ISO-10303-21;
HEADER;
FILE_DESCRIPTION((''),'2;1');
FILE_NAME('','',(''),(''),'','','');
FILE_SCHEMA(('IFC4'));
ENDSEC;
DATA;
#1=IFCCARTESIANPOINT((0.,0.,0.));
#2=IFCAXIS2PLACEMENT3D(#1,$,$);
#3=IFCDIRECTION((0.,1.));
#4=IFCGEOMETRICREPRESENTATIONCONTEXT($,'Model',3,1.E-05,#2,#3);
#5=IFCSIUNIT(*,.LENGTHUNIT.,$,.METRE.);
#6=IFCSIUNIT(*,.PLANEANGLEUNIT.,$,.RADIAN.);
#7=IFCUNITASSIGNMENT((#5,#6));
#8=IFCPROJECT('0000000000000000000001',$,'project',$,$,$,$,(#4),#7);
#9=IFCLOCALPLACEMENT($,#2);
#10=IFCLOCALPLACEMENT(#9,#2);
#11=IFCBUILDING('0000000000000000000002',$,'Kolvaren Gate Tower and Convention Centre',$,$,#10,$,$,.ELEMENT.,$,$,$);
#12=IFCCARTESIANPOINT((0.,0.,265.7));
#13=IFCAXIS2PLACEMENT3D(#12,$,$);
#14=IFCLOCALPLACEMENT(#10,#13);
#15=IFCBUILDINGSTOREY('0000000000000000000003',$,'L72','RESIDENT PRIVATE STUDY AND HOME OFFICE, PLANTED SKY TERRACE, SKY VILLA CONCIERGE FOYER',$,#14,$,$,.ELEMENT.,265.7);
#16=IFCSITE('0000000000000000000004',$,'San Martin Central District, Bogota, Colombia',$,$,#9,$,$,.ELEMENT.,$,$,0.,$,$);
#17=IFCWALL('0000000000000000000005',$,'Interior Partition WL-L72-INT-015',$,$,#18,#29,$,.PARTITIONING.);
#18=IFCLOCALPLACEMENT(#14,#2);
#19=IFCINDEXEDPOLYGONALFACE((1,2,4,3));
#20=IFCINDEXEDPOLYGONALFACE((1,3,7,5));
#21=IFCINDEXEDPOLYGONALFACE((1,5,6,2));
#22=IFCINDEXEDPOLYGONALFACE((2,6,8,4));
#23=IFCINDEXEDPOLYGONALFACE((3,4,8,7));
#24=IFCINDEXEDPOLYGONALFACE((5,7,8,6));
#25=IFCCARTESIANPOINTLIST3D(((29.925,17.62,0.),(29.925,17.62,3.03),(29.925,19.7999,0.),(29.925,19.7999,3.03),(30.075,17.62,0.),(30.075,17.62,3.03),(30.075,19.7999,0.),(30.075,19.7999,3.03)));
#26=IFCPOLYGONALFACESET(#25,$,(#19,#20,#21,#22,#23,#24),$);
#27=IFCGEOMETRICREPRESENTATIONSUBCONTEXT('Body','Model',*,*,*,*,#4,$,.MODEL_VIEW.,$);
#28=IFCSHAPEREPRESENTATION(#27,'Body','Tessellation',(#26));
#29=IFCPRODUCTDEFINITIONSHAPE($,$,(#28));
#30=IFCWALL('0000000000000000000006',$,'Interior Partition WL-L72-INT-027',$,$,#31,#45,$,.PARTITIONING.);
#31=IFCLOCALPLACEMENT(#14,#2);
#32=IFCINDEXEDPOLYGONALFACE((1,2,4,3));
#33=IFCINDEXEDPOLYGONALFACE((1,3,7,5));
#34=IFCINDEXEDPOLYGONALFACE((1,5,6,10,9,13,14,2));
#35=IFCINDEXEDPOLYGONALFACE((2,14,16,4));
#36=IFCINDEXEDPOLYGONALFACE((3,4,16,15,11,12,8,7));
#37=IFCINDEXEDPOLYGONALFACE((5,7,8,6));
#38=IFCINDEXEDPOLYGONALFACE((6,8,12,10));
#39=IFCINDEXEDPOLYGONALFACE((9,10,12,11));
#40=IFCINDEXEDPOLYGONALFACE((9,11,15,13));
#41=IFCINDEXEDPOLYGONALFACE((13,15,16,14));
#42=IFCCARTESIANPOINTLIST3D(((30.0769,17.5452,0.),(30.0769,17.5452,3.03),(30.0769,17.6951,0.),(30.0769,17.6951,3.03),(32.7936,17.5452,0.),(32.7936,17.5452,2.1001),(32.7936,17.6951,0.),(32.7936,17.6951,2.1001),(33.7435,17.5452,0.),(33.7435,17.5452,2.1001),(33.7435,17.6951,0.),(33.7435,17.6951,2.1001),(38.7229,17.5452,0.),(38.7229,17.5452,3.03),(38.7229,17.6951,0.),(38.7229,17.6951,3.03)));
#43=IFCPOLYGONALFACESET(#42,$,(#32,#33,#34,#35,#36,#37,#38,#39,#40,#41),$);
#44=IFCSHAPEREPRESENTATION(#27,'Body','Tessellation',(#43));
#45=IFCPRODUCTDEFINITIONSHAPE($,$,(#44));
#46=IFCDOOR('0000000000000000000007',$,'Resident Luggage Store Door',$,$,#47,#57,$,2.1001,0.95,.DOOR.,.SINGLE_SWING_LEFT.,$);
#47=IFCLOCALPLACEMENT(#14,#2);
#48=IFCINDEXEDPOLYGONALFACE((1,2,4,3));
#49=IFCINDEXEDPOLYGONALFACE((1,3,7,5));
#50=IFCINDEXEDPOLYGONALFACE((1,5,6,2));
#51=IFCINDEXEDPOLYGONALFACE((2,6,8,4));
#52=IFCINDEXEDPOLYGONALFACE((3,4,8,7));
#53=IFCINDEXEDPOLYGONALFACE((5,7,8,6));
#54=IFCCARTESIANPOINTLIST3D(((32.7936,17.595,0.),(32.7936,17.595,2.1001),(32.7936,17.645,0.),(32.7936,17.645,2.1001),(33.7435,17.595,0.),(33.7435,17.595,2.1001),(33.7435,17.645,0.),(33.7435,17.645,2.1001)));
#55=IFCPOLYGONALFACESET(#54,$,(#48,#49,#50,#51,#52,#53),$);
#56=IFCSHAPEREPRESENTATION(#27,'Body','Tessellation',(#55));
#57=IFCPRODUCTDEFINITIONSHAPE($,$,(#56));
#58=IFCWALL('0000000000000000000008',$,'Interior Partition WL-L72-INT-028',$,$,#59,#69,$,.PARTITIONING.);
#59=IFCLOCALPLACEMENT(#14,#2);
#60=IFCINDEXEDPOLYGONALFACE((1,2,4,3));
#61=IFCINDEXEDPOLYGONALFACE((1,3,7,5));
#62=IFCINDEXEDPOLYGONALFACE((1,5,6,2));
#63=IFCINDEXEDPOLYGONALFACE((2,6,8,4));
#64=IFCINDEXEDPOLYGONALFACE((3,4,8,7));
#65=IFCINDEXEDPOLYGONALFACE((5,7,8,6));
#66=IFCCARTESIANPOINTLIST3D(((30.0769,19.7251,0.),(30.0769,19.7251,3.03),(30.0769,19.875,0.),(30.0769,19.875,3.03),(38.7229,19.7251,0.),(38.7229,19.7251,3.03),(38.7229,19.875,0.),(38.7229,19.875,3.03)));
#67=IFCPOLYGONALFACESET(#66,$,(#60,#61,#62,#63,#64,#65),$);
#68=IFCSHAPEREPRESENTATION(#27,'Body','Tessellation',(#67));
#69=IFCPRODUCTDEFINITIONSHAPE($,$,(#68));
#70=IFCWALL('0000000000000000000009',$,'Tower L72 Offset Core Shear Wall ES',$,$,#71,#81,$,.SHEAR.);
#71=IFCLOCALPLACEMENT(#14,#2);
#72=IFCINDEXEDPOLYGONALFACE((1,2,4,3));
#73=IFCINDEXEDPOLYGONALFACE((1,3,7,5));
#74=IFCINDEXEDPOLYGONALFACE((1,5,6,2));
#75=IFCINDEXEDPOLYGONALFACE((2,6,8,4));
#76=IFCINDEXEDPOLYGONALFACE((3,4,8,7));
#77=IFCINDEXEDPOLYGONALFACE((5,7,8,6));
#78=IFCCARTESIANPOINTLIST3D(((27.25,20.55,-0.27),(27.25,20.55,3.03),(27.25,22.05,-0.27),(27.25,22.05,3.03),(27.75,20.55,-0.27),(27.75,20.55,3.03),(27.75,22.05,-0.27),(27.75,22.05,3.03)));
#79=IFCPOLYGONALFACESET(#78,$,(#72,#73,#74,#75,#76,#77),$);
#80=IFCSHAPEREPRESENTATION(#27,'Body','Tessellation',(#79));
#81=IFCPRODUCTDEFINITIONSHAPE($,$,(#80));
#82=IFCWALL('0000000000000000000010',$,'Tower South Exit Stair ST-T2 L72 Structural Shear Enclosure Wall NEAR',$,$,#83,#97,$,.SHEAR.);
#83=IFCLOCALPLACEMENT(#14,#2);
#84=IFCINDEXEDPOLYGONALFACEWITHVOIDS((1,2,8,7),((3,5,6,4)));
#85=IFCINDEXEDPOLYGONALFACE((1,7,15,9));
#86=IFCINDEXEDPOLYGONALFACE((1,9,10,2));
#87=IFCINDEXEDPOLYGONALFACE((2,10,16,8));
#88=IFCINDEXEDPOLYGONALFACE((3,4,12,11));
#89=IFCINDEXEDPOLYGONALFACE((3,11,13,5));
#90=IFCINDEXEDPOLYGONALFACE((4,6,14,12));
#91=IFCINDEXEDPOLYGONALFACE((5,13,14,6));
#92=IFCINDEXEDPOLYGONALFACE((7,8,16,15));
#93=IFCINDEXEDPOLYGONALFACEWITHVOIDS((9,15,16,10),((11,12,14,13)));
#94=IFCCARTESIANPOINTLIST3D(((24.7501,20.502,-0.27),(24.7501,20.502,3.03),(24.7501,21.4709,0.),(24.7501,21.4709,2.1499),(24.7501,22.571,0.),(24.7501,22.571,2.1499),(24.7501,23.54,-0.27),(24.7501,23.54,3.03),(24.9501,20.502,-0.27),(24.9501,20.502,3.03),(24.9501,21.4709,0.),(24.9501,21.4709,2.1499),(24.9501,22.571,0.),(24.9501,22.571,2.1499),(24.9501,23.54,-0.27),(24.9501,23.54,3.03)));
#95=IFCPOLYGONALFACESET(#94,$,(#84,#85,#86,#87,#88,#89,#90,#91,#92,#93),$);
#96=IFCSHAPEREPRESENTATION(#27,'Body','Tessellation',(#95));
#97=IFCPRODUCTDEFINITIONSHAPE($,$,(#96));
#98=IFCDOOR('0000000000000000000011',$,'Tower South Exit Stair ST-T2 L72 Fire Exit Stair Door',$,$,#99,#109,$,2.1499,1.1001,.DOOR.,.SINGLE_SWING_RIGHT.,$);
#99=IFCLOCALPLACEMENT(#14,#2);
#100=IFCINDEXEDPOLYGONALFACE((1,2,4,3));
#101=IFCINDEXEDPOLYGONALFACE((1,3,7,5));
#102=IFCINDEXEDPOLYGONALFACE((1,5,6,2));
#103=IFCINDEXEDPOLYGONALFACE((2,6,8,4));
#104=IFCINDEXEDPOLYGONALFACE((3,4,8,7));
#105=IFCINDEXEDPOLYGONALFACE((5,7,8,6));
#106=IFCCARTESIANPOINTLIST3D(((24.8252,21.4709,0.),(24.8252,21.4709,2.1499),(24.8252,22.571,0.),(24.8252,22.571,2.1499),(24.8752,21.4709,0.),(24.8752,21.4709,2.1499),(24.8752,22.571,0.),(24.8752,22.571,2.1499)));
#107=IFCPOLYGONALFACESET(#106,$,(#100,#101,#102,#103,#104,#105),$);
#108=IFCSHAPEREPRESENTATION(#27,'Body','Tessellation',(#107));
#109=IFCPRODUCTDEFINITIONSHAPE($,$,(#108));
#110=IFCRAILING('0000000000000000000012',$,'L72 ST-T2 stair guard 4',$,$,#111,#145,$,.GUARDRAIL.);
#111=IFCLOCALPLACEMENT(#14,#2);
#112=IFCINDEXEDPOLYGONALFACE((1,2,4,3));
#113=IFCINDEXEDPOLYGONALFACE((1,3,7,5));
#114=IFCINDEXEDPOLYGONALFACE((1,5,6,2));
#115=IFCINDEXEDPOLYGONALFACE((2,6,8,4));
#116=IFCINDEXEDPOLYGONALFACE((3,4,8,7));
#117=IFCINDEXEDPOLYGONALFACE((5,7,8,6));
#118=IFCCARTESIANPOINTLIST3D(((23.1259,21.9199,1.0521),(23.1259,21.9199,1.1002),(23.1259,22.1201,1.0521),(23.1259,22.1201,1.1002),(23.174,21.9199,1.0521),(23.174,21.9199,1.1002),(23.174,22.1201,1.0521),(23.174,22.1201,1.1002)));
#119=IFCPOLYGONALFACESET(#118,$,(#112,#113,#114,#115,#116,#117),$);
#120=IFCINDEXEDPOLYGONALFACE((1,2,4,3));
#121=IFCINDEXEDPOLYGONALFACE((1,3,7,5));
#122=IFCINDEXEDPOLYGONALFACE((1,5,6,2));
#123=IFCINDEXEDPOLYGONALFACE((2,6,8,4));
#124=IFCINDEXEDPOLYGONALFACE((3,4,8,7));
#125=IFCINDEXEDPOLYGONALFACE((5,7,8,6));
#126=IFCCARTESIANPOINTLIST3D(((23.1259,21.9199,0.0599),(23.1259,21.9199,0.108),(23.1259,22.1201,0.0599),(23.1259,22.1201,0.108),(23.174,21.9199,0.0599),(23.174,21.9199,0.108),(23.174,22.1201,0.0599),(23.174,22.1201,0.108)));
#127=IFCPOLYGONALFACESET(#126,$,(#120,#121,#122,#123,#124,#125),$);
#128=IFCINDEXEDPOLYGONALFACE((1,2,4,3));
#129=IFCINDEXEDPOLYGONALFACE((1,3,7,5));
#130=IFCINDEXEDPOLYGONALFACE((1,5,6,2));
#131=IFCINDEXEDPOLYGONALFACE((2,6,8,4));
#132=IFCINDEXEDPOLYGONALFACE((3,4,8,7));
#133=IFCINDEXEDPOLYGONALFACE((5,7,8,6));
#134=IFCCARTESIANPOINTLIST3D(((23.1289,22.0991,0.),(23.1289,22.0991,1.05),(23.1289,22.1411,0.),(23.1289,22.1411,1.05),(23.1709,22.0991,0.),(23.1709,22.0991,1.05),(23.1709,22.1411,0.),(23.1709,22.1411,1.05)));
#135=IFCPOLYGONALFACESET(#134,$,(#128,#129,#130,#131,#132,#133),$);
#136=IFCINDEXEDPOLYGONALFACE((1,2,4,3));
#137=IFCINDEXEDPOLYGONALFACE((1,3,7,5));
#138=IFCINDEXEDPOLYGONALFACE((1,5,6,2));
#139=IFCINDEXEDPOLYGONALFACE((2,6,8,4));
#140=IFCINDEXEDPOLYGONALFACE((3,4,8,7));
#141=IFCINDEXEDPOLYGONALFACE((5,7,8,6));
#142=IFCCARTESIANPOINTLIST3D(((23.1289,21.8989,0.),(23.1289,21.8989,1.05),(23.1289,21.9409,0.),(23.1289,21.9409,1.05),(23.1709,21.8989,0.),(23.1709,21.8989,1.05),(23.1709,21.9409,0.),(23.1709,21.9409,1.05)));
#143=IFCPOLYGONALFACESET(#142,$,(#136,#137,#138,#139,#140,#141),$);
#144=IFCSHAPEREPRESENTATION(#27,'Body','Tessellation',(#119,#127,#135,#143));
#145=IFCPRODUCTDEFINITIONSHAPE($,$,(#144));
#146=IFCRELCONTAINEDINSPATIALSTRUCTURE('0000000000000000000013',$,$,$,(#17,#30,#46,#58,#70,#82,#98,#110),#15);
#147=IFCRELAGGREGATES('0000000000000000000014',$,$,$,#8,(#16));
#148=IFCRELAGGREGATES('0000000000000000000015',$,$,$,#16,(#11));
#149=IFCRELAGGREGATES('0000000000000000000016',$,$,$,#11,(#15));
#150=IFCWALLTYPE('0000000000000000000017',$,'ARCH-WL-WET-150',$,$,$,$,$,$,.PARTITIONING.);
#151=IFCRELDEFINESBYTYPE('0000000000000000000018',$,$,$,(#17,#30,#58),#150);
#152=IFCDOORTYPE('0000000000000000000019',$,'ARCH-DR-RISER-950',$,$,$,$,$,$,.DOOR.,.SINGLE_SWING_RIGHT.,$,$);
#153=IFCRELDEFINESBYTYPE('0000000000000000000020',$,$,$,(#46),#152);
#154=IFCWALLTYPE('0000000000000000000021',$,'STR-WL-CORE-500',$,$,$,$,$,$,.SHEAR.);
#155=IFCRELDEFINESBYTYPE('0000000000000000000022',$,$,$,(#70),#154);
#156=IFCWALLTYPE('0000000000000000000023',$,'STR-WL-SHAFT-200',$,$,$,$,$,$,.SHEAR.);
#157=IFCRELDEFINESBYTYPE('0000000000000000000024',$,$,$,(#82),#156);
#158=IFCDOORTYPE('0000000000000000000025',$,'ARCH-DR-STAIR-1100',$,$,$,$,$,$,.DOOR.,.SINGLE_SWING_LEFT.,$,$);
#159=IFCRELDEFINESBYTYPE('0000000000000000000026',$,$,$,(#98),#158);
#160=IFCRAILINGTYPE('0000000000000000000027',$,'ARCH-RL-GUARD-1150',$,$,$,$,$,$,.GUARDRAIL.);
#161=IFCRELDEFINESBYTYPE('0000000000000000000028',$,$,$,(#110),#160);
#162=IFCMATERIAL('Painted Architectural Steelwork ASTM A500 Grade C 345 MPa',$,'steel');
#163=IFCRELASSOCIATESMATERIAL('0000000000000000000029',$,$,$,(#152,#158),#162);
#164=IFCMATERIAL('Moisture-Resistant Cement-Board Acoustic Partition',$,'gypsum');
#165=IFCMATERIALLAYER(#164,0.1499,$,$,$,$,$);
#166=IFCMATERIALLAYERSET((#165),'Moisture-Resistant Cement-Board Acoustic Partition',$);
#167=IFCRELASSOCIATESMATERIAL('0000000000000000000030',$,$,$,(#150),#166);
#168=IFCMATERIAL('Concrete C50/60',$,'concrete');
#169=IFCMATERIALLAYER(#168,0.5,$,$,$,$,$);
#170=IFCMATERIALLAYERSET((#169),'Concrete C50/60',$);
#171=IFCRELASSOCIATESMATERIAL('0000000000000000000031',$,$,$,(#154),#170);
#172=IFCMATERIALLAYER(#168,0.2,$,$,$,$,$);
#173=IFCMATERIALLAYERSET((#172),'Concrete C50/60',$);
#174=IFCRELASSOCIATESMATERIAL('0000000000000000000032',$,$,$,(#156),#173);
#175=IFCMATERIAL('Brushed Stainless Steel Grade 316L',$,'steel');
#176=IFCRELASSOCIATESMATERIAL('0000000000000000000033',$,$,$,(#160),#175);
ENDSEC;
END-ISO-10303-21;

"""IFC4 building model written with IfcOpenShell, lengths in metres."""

from ifc_helpers import new_model, si_unit, direction, frame, frame_2d, origin, origin_2d, place, context, subcontext, project, spatial, rectangle, extrude, material, layer, layer_set, type_object, element, fill, save


model = new_model("IFC4")

# Units and contexts
model_context = context("Model", 3, precision=1e-05, world=origin(), true_north=direction((0.0, 1.0)))
body_context = subcontext(model_context, "Body", "Model", "MODEL_VIEW")
ifc_project = project(units=[si_unit("LENGTHUNIT", "METRE"), si_unit("PLANEANGLEUNIT", "RADIAN")], contexts=[model_context])

# Site, building, storey
site_placement = place(None, origin())
site = spatial("IfcSite", under=ifc_project, at=site_placement, Name="San Martin Central District, Bogota, Colombia", CompositionType="ELEMENT", RefElevation=0.0)
building_placement = place(site_placement, origin())
building = spatial("IfcBuilding", under=site, at=building_placement, Name="Kolvaren Gate Tower and Convention Centre", CompositionType="ELEMENT")
storey_placement = place(building_placement, frame((0.0, 0.0, 265.7)))
storey = spatial("IfcBuildingStorey", under=building, at=storey_placement, Name="L72", Description="RESIDENT PRIVATE STUDY AND HOME OFFICE, PLANTED SKY TERRACE, SKY VILLA CONCIERGE FOYER", CompositionType="ELEMENT", Elevation=265.7)

# Shared definitions
ifc_material_1 = material(Name="Painted Architectural Steelwork ASTM A500 Grade C 345 MPa", Category="steel")
door_type_1 = type_object("IfcDoorType", Name="ARCH-DR-RISER-950", OperationType="SINGLE_SWING_RIGHT", PredefinedType="DOOR", material=ifc_material_1)

# Shared definitions
ifc_material_2 = material(Name="Brushed Stainless Steel Grade 316L", Category="steel")

# Shared definitions
ifc_material_3 = material(Name="Moisture-Resistant Cement-Board Acoustic Partition", Category="gypsum")
ifc_layer_1 = layer(ifc_material_3, 0.1499)
ifc_layer_set_1 = layer_set([ifc_layer_1], Name="Moisture-Resistant Cement-Board Acoustic Partition")
wall_type_1 = type_object("IfcWallType", Name="ARCH-WL-WET-150", PredefinedType="PARTITIONING", material=ifc_layer_set_1)

# Wall
wall_1_placement = place(storey_placement, frame((30.0, 17.6201, 0.0), z_axis=(0.0, 0.0, 1.0), x_axis=(0.0, 1.0, 0.0)))
element("IfcWall", 1, at=wall_1_placement, inside=storey, type_object=wall_type_1, Name="Interior Partition WL-L72-INT-015", PredefinedType="PARTITIONING", context=body_context, shape_type="SweptSolid", body=[
    extrude(rectangle(XDim=2.1799, YDim=0.1499, at=frame_2d((1.0898, 0.0))), origin(), (0.0, 0.0, 1.0), 3.03),
])

# Wall, opening, door
wall_2_placement = place(storey_placement, frame((30.0769, 17.6201, 0.0), z_axis=(0.0, 0.0, 1.0), x_axis=(1.0, 0.0, 0.0)))
wall_2 = element("IfcWall", 2, at=wall_2_placement, inside=storey, type_object=wall_type_1, Name="Interior Partition WL-L72-INT-027", PredefinedType="PARTITIONING", context=body_context, shape_type="SweptSolid", body=[
    extrude(rectangle(XDim=8.646, YDim=0.1499, at=frame_2d((4.323, 0.0))), origin(), (0.0, 0.0, 1.0), 3.03),
])
opening_1_placement = place(wall_2_placement, frame((2.7166, 0.0, 0.0)))
opening_1 = element("IfcOpeningElement", 3, at=opening_1_placement, cuts=wall_2, PredefinedType="OPENING", context=body_context, shape_type="SweptSolid", body=[
    extrude(rectangle(XDim=0.95, YDim=2.1001, at=frame_2d((0.4751, 1.05))), frame((0.0, 0.085, 0.0), z_axis=(0.0, -1.0, 0.0), x_axis=(1.0, 0.0, 0.0)), (0.0, 0.0, 1.0), 0.1699),
])
door_1_placement = place(opening_1_placement, origin())
door_1 = element("IfcDoor", 4, at=door_1_placement, inside=storey, type_object=door_type_1, Name="Resident Luggage Store Door", OperationType="SINGLE_SWING_LEFT", OverallHeight=2.1001, OverallWidth=0.95, PredefinedType="DOOR", context=body_context, shape_type="SweptSolid", body=[
    extrude(rectangle(XDim=0.95, YDim=2.1001, at=frame_2d((0.4751, 1.05))), frame((0.0, 0.0249, 0.0), z_axis=(0.0, -1.0, 0.0), x_axis=(1.0, 0.0, 0.0)), (0.0, 0.0, 1.0), 0.05),
])
fill(opening_1, door_1)

# Walls
wall_3_placement = place(storey_placement, frame((30.0769, 19.8, 0.0), z_axis=(0.0, 0.0, 1.0), x_axis=(1.0, 0.0, 0.0)))
element("IfcWall", 5, at=wall_3_placement, inside=storey, type_object=wall_type_1, Name="Interior Partition WL-L72-INT-028", PredefinedType="PARTITIONING", context=body_context, shape_type="SweptSolid", body=[
    extrude(rectangle(XDim=8.646, YDim=0.1499, at=frame_2d((4.323, 0.0))), origin(), (0.0, 0.0, 1.0), 3.03),
])
ifc_material_4 = material(Name="Concrete C50/60", Category="concrete")
ifc_layer_2 = layer(ifc_material_4, 0.5)
ifc_layer_set_2 = layer_set([ifc_layer_2], Name="Concrete C50/60")
wall_type_2 = type_object("IfcWallType", Name="STR-WL-CORE-500", PredefinedType="SHEAR", material=ifc_layer_set_2)
wall_4_placement = place(storey_placement, frame((27.5, 20.55, -0.27), z_axis=(0.0, 0.0, 1.0), x_axis=(0.0, 1.0, 0.0)))
element("IfcWall", 6, at=wall_4_placement, inside=storey, type_object=wall_type_2, Name="Tower L72 Offset Core Shear Wall ES", PredefinedType="SHEAR", context=body_context, shape_type="SweptSolid", body=[
    extrude(rectangle(XDim=1.5, YDim=0.5, at=frame_2d((0.75, 0.0))), origin(), (0.0, 0.0, 1.0), 3.3),
])

# Wall, opening, door
ifc_layer_3 = layer(ifc_material_4, 0.2)
ifc_layer_set_3 = layer_set([ifc_layer_3], Name="Concrete C50/60")
wall_type_3 = type_object("IfcWallType", Name="STR-WL-SHAFT-200", PredefinedType="SHEAR", material=ifc_layer_set_3)
wall_5_placement = place(storey_placement, frame((24.8501, 20.502, -0.27), z_axis=(0.0, 0.0, 1.0), x_axis=(0.0, 1.0, 0.0)))
wall_5 = element("IfcWall", 7, at=wall_5_placement, inside=storey, type_object=wall_type_3, Name="Tower South Exit Stair ST-T2 L72 Structural Shear Enclosure Wall NEAR", PredefinedType="SHEAR", context=body_context, shape_type="SweptSolid", body=[
    extrude(rectangle(XDim=3.0381, YDim=0.2, at=frame_2d((1.519, 0.0))), origin(), (0.0, 0.0, 1.0), 3.3),
])
opening_2_placement = place(wall_5_placement, frame((0.969, 0.0, 0.27)))
opening_2 = element("IfcOpeningElement", 8, at=opening_2_placement, cuts=wall_5, PredefinedType="OPENING", context=body_context, shape_type="SweptSolid", body=[
    extrude(rectangle(XDim=1.1001, YDim=2.1499, at=frame_2d((0.55, 1.075))), frame((0.0, 0.1099, 0.0), z_axis=(0.0, -1.0, 0.0), x_axis=(1.0, 0.0, 0.0)), (0.0, 0.0, 1.0), 0.22),
])
door_type_2 = type_object("IfcDoorType", Name="ARCH-DR-STAIR-1100", OperationType="SINGLE_SWING_LEFT", PredefinedType="DOOR", material=ifc_material_1)
door_2_placement = place(opening_2_placement, origin())
door_2 = element("IfcDoor", 9, at=door_2_placement, inside=storey, type_object=door_type_2, Name="Tower South Exit Stair ST-T2 L72 Fire Exit Stair Door", OperationType="SINGLE_SWING_RIGHT", OverallHeight=2.1499, OverallWidth=1.1001, PredefinedType="DOOR", context=body_context, shape_type="SweptSolid", body=[
    extrude(rectangle(XDim=1.1001, YDim=2.1499, at=frame_2d((0.55, 1.075))), frame((0.0, 0.0249, 0.0), z_axis=(0.0, -1.0, 0.0), x_axis=(1.0, 0.0, 0.0)), (0.0, 0.0, 1.0), 0.05),
])
fill(opening_2, door_2)

# Railing
railing_type = type_object("IfcRailingType", Name="ARCH-RL-GUARD-1150", PredefinedType="GUARDRAIL", material=ifc_material_2)
railing_placement = place(storey_placement, frame((23.1499, 22.1201, 0.0)))
element("IfcRailing", 10, at=railing_placement, inside=storey, type_object=railing_type, Name="L72 ST-T2 stair guard 4", PredefinedType="GUARDRAIL", context=body_context, shape_type="SweptSolid", body=[
    extrude(rectangle(XDim=0.0481, YDim=0.0481, at=origin_2d()), frame((0.0, 0.0, 1.0762), z_axis=(0.0, -1.0, 0.0), x_axis=(1.0, 0.0, 0.0)), (0.0, 0.0, 1.0), 0.2002),
    extrude(rectangle(XDim=0.0481, YDim=0.0481, at=origin_2d()), frame((0.0, 0.0, 0.084), z_axis=(0.0, -1.0, 0.0), x_axis=(1.0, 0.0, 0.0)), (0.0, 0.0, 1.0), 0.2002),
    extrude(rectangle(XDim=0.042, YDim=0.042, at=origin_2d()), origin(), (0.0, 0.0, 1.0), 1.05),
    extrude(rectangle(XDim=0.042, YDim=0.042, at=origin_2d()), frame((0.0, -0.2002, 0.0)), (0.0, 0.0, 1.0), 1.05),
])

save(model, "model.ifc")
